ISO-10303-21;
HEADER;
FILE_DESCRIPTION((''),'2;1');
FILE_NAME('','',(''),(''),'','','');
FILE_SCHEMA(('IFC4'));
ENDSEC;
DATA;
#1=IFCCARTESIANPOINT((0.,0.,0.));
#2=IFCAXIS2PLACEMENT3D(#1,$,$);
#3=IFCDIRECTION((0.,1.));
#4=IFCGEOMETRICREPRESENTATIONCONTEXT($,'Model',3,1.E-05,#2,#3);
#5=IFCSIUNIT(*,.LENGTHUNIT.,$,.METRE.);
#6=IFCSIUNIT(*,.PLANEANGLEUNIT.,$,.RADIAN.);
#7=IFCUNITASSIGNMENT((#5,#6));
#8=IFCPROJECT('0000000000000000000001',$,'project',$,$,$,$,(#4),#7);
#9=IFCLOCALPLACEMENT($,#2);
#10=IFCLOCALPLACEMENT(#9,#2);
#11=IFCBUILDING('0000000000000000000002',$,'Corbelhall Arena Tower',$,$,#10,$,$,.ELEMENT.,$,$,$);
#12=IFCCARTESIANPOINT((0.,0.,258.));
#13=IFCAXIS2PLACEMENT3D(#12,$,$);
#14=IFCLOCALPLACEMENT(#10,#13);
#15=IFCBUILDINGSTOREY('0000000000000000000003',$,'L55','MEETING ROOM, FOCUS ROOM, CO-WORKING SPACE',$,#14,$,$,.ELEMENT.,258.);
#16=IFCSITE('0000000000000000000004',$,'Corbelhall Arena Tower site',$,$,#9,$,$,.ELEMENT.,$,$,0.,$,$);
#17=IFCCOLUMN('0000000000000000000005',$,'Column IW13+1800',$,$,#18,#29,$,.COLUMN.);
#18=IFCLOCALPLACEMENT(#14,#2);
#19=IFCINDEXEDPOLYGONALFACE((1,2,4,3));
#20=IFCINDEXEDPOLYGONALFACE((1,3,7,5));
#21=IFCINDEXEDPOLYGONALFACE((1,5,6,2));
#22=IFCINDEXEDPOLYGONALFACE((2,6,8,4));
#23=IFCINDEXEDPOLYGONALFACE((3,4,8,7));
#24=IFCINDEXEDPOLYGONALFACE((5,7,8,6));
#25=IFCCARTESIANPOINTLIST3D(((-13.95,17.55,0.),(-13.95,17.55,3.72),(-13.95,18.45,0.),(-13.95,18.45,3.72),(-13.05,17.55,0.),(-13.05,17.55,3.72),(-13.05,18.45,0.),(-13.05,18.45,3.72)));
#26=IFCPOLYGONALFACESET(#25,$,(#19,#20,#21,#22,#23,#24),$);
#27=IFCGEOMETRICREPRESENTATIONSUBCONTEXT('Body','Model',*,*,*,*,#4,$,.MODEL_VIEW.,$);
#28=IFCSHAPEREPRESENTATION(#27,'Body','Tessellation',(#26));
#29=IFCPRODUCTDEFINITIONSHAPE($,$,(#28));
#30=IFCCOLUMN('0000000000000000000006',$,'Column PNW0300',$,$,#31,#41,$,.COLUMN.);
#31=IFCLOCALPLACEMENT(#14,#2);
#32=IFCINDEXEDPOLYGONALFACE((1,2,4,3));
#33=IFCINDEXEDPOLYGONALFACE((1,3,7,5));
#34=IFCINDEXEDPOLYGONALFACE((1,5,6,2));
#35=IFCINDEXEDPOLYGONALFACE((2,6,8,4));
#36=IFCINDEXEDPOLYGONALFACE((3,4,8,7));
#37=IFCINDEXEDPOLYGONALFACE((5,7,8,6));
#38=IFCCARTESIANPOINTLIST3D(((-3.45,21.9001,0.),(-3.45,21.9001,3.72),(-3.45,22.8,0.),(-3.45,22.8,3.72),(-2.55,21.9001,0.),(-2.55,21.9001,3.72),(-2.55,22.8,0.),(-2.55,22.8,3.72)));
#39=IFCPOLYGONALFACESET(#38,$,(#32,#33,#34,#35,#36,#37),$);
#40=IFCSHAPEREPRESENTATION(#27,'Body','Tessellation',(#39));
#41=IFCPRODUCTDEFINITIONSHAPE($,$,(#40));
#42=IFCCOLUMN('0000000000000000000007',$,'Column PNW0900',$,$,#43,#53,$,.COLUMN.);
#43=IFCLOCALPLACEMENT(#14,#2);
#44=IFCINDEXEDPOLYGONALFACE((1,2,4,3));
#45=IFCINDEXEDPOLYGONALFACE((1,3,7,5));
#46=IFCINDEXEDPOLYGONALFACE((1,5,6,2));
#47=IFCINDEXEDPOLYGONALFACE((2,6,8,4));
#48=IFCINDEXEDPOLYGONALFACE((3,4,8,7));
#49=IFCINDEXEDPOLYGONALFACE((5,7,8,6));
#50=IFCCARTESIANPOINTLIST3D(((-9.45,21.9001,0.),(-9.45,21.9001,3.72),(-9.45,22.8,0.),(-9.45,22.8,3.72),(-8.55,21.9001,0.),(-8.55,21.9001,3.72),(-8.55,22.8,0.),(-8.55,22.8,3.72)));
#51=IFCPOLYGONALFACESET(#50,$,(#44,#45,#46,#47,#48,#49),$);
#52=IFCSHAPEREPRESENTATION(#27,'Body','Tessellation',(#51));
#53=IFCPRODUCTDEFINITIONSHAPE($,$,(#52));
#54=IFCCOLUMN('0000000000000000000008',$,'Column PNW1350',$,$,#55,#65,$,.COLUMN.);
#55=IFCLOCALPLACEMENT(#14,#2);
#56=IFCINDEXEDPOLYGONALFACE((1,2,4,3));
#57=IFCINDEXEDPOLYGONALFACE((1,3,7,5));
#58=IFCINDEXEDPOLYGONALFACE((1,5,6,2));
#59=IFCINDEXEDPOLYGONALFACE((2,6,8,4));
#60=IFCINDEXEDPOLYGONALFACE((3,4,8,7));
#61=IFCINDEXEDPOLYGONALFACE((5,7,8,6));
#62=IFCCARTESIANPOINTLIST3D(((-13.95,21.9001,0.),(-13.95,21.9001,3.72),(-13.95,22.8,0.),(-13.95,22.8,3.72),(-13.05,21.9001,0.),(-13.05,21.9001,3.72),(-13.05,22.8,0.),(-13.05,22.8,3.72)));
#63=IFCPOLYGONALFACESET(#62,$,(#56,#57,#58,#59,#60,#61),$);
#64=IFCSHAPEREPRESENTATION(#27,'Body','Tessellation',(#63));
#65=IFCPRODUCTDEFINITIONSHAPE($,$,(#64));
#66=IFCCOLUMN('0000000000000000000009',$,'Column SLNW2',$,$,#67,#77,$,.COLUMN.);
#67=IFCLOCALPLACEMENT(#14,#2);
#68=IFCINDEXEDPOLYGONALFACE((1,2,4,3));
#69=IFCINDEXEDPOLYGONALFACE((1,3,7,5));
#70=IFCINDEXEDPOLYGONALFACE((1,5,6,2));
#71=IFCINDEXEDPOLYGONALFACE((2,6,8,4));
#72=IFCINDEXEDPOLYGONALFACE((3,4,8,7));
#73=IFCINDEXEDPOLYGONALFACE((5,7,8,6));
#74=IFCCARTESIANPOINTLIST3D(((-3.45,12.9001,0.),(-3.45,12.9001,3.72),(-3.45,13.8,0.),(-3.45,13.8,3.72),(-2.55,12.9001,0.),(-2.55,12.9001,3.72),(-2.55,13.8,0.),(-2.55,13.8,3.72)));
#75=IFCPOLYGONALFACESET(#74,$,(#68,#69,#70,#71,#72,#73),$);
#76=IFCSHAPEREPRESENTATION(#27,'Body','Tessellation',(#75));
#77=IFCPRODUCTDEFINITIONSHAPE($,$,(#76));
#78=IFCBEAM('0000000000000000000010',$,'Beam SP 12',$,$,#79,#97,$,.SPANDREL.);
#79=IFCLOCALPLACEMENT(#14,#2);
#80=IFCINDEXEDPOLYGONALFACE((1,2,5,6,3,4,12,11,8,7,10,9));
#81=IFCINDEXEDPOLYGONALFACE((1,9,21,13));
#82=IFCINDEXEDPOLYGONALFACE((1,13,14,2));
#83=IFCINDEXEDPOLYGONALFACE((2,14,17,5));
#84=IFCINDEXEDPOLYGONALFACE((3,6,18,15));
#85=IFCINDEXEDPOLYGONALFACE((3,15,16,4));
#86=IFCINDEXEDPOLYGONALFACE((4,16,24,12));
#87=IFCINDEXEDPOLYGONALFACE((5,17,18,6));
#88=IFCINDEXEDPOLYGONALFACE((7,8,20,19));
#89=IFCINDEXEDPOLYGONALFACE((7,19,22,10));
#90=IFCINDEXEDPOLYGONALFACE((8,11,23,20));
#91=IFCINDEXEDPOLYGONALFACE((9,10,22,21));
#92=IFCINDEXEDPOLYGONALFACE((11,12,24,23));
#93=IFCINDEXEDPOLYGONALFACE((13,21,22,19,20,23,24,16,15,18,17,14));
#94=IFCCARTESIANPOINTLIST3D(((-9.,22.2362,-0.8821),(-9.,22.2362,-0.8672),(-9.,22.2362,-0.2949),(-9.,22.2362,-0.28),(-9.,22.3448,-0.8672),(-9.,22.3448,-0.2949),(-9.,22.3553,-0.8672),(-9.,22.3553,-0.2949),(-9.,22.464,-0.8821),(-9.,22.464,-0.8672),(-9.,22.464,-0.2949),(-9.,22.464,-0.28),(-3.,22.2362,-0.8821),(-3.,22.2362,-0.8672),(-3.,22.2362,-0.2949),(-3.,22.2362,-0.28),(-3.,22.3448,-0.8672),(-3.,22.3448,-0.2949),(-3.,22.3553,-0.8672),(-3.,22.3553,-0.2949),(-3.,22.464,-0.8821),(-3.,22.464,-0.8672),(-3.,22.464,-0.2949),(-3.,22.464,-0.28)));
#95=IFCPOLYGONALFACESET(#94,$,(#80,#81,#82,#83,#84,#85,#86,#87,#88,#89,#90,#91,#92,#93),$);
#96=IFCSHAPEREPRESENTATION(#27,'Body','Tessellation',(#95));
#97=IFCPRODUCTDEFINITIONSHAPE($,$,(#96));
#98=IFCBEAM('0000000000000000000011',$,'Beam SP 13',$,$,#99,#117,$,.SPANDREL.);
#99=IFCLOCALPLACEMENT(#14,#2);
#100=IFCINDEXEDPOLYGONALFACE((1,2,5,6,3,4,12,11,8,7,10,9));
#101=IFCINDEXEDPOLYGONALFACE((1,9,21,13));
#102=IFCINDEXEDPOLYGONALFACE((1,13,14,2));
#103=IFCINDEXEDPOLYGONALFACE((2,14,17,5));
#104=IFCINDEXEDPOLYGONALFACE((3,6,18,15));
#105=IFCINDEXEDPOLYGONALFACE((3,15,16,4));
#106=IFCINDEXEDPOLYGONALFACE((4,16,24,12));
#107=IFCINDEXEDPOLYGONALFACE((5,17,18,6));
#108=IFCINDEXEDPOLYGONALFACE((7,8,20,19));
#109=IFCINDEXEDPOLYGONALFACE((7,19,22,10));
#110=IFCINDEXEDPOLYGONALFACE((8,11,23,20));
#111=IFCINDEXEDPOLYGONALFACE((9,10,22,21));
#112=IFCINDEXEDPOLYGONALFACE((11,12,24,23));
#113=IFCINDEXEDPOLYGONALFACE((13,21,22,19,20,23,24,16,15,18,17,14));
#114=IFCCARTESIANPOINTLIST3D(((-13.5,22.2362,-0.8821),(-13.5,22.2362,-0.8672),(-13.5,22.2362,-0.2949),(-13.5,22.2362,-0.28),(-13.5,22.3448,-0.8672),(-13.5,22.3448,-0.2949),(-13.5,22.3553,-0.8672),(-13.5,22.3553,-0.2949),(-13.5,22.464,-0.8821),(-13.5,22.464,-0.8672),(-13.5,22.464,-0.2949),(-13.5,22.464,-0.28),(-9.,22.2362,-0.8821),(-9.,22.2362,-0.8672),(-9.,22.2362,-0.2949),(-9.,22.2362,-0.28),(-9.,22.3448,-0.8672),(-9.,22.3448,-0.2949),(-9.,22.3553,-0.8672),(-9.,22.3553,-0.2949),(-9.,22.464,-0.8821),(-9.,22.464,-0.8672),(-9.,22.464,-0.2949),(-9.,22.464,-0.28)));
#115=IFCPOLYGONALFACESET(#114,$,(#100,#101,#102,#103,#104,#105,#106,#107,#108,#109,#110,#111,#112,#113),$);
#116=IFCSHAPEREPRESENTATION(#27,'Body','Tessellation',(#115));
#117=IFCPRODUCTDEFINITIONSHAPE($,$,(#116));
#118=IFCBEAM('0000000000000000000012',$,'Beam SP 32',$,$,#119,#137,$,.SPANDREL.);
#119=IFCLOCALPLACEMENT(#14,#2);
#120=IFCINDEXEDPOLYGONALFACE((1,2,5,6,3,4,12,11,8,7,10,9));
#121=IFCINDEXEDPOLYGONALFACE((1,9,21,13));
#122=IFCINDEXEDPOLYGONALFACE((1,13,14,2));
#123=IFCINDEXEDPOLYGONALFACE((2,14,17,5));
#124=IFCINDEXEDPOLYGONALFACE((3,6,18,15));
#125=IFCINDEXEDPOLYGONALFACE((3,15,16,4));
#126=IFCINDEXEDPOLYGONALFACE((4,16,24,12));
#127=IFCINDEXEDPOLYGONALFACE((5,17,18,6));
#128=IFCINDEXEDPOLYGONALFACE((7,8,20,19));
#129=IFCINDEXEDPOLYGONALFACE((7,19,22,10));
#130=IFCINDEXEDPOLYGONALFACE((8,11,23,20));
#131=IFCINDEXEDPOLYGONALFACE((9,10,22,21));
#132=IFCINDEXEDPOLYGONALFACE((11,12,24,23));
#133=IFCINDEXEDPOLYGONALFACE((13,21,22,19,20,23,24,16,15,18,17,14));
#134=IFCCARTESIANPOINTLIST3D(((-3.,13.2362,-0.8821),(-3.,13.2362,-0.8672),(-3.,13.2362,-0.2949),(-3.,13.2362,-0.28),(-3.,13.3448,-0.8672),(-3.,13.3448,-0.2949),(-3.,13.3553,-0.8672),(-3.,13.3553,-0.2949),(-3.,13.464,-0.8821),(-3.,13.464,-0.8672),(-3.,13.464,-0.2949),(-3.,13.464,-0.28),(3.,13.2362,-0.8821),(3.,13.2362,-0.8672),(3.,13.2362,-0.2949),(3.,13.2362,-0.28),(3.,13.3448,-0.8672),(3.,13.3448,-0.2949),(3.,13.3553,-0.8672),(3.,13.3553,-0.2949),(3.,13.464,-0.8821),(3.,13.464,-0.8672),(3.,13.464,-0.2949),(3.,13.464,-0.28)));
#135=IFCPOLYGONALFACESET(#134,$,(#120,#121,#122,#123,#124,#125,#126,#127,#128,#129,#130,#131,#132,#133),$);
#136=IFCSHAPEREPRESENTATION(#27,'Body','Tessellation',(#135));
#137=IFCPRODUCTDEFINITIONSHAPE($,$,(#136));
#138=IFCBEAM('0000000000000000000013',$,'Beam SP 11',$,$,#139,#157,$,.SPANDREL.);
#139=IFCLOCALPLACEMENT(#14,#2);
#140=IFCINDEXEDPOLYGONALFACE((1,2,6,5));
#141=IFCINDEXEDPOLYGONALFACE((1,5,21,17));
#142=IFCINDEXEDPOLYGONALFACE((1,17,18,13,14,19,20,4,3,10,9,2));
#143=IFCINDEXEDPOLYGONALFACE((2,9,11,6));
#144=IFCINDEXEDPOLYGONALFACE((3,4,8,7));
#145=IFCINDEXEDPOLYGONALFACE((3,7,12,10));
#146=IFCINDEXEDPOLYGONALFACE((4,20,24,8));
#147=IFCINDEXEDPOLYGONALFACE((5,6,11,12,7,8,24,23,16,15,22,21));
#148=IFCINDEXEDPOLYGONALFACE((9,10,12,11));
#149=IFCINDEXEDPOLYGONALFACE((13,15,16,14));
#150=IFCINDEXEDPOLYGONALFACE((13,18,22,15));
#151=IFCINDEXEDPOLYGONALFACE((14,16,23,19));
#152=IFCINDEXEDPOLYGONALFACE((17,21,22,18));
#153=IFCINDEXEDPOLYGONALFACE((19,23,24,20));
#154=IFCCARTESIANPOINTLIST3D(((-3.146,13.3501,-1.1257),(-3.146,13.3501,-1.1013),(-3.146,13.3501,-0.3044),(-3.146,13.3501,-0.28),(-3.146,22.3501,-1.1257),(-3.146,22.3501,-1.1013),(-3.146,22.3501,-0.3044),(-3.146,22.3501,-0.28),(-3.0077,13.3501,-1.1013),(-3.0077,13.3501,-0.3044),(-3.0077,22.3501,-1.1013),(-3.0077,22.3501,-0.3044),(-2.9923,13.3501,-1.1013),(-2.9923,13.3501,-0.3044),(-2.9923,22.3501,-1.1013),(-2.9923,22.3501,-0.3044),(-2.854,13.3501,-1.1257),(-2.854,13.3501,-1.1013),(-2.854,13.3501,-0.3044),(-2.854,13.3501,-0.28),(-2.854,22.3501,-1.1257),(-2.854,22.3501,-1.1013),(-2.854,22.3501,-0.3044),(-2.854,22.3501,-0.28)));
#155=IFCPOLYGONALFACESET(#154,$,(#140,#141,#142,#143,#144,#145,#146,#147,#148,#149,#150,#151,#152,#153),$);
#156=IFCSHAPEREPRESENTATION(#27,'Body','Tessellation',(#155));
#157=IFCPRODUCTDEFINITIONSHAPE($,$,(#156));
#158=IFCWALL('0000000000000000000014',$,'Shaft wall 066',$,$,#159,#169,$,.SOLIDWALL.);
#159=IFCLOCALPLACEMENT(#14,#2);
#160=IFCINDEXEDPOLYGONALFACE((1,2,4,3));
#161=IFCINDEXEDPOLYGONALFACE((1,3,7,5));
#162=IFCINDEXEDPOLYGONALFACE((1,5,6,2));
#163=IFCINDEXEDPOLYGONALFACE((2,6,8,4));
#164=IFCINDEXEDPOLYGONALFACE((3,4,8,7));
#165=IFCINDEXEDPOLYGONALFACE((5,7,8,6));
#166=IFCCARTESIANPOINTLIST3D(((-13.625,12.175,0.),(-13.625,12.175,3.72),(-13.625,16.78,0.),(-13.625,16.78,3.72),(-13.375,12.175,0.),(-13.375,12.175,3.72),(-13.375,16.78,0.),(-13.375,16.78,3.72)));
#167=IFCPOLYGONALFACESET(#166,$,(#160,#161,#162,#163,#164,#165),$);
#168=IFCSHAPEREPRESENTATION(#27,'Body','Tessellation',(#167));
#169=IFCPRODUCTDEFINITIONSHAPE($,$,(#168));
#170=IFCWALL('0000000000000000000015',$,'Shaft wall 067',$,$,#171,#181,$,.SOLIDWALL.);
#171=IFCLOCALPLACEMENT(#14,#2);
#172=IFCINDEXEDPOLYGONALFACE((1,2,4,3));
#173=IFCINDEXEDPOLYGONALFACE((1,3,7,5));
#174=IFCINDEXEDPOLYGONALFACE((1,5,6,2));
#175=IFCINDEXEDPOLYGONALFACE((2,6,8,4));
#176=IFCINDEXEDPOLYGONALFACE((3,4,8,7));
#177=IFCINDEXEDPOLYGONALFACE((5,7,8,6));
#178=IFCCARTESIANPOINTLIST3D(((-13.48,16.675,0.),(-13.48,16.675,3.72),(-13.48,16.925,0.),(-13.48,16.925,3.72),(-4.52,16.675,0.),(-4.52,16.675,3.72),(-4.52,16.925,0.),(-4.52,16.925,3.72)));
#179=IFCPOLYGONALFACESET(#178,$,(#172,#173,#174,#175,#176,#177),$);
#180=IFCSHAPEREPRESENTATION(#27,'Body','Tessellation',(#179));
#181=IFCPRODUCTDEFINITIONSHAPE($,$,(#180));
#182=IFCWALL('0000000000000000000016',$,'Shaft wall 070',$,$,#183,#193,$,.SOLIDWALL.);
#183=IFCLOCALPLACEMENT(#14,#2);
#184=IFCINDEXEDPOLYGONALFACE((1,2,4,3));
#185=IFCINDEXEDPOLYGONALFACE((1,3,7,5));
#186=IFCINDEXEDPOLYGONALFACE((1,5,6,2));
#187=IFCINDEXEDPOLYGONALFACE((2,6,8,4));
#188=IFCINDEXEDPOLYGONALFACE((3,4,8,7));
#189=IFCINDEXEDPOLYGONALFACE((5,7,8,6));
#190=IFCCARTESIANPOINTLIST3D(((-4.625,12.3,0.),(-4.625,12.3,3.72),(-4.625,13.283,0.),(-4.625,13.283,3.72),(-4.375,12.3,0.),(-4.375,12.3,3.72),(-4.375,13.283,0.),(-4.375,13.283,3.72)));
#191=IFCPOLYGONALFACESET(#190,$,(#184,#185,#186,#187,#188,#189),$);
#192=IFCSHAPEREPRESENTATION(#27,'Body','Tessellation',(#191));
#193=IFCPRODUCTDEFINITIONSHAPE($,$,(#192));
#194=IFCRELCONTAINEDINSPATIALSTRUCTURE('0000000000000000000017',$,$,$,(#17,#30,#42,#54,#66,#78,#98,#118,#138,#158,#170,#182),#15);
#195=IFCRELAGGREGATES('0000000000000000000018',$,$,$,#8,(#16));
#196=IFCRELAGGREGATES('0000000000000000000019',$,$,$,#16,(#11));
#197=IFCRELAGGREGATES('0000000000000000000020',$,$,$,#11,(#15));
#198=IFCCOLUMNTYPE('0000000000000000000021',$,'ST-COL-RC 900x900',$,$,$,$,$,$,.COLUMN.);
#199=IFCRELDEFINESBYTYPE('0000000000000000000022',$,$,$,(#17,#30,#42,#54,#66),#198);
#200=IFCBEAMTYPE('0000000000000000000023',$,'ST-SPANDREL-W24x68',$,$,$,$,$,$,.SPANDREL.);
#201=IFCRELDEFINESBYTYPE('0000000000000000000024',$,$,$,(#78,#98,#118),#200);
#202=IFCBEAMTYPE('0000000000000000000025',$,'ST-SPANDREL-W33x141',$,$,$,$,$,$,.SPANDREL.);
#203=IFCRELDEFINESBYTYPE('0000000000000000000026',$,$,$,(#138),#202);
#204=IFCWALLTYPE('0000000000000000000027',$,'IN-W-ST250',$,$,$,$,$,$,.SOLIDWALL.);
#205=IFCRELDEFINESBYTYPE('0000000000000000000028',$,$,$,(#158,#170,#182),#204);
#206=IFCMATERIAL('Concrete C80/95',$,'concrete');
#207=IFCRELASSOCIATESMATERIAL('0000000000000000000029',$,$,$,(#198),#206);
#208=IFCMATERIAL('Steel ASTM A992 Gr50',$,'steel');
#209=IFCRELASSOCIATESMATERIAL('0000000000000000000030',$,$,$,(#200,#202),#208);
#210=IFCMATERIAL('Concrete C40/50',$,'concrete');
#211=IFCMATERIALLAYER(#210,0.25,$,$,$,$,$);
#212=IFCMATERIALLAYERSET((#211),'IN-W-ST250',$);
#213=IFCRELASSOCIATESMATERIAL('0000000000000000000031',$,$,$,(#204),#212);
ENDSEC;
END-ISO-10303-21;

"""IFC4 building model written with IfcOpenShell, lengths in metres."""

from ifc_helpers import new_model, si_unit, direction, frame, frame_2d, origin, origin_2d, place, context, subcontext, project, spatial, rectangle, i_section, extrude, material, layer, layer_set, material_profile, profile_set, type_object, element, save


model = new_model("IFC4")

# Units and contexts
model_context = context("Model", 3, precision=1e-05, world=origin(), true_north=direction((0.0, 1.0)))
body_context = subcontext(model_context, "Body", "Model", "MODEL_VIEW")
ifc_project = project(units=[si_unit("LENGTHUNIT", "METRE"), si_unit("PLANEANGLEUNIT", "RADIAN")], contexts=[model_context])

# Site, building, storey
site_placement = place(None, origin())
site = spatial("IfcSite", under=ifc_project, at=site_placement, Name="Corbelhall Arena Tower site", CompositionType="ELEMENT", RefElevation=0.0)
building_placement = place(site_placement, origin())
building = spatial("IfcBuilding", under=site, at=building_placement, Name="Corbelhall Arena Tower", CompositionType="ELEMENT")
storey_placement = place(building_placement, frame((0.0, 0.0, 258.0)))
storey = spatial("IfcBuildingStorey", under=building, at=storey_placement, Name="L55", Description="MEETING ROOM, FOCUS ROOM, CO-WORKING SPACE", CompositionType="ELEMENT", Elevation=258.0)

# Columns
ifc_material_1 = material(Name="Concrete C80/95", Category="concrete")
ifc_material_profile_1 = material_profile(ifc_material_1, rectangle(XDim=0.8999, YDim=0.8999, at=origin_2d()))
ifc_profile_set_1 = profile_set([ifc_material_profile_1], Name="Concrete C80/95")
column_type = type_object("IfcColumnType", Name="ST-COL-RC 900x900", PredefinedType="COLUMN", material=ifc_profile_set_1)
for number, where, z_axis, x_axis, name in (
    (1, (-13.5, 18.0, 0.0), (0.0, 0.0, 1.0), (1.0, 0.0, 0.0), "Column IW13+1800"),
    (2, (-3.0, 22.3501, 0.0), (0.0, 0.0, 1.0), (1.0, 0.0, 0.0), "Column PNW0300"),
    (3, (-9.0, 22.3501, 0.0), (0.0, 0.0, 1.0), (1.0, 0.0, 0.0), "Column PNW0900"),
    (4, (-13.5, 22.3501, 0.0), (0.0, 0.0, 1.0), (1.0, 0.0, 0.0), "Column PNW1350"),
    (5, (-3.0, 13.3501, 0.0), (0.0, 0.0, 1.0), (1.0, 0.0, 0.0), "Column SLNW2"),
):
    element("IfcColumn", number, at=place(storey_placement, frame(where, z_axis=z_axis, x_axis=x_axis)), inside=storey, type_object=column_type, Name=name, PredefinedType="COLUMN", context=body_context, shape_type="SweptSolid", body=[
        extrude(rectangle(XDim=0.8999, YDim=0.8999, at=origin_2d()), origin(), (0.0, 0.0, 1.0), 3.72),
    ])

# Beams
ifc_material_2 = material(Name="Steel ASTM A992 Gr50", Category="steel")
ifc_material_profile_2 = material_profile(ifc_material_2, i_section(OverallWidth=0.2278, OverallDepth=0.6021, WebThickness=0.0105, FlangeThickness=0.0149, at=origin_2d()))
ifc_profile_set_2 = profile_set([ifc_material_profile_2], Name="Steel ASTM A992 Gr50")
beam_type_1 = type_object("IfcBeamType", Name="ST-SPANDREL-W24x68", PredefinedType="SPANDREL", material=ifc_profile_set_2)
beam_1_placement = place(storey_placement, frame((-9.0, 22.3501, -0.5811), z_axis=(1.0, 0.0, 0.0), x_axis=(0.0, 1.0, 0.0)))
element("IfcBeam", 6, at=beam_1_placement, inside=storey, type_object=beam_type_1, Name="Beam SP 12", PredefinedType="SPANDREL", context=body_context, shape_type="SweptSolid", body=[
    extrude(i_section(OverallWidth=0.2278, OverallDepth=0.6021, WebThickness=0.0105, FlangeThickness=0.0149, at=origin_2d()), origin(), (0.0, 0.0, 1.0), 6.0),
])
beam_2_placement = place(storey_placement, frame((-13.5, 22.3501, -0.5811), z_axis=(1.0, 0.0, 0.0), x_axis=(0.0, 1.0, 0.0)))
element("IfcBeam", 7, at=beam_2_placement, inside=storey, type_object=beam_type_1, Name="Beam SP 13", PredefinedType="SPANDREL", context=body_context, shape_type="SweptSolid", body=[
    extrude(i_section(OverallWidth=0.2278, OverallDepth=0.6021, WebThickness=0.0105, FlangeThickness=0.0149, at=origin_2d()), origin(), (0.0, 0.0, 1.0), 4.5),
])
beam_3_placement = place(storey_placement, frame((-3.0, 13.3501, -0.5811), z_axis=(1.0, 0.0, 0.0), x_axis=(0.0, 1.0, 0.0)))
element("IfcBeam", 8, at=beam_3_placement, inside=storey, type_object=beam_type_1, Name="Beam SP 32", PredefinedType="SPANDREL", context=body_context, shape_type="SweptSolid", body=[
    extrude(i_section(OverallWidth=0.2278, OverallDepth=0.6021, WebThickness=0.0105, FlangeThickness=0.0149, at=origin_2d()), origin(), (0.0, 0.0, 1.0), 6.0),
])
ifc_material_profile_3 = material_profile(ifc_material_2, i_section(OverallWidth=0.292, OverallDepth=0.8457, WebThickness=0.0154, FlangeThickness=0.0244, at=origin_2d()))
ifc_profile_set_3 = profile_set([ifc_material_profile_3], Name="Steel ASTM A992 Gr50")
beam_type_2 = type_object("IfcBeamType", Name="ST-SPANDREL-W33x141", PredefinedType="SPANDREL", material=ifc_profile_set_3)
beam_4_placement = place(storey_placement, frame((-3.0, 22.3501, -0.7029), z_axis=(0.0, -1.0, 0.0), x_axis=(1.0, 0.0, 0.0)))
element("IfcBeam", 9, at=beam_4_placement, inside=storey, type_object=beam_type_2, Name="Beam SP 11", PredefinedType="SPANDREL", context=body_context, shape_type="SweptSolid", body=[
    extrude(i_section(OverallWidth=0.292, OverallDepth=0.8457, WebThickness=0.0154, FlangeThickness=0.0244, at=origin_2d()), origin(), (0.0, 0.0, 1.0), 9.0),
])

# Walls
ifc_material_3 = material(Name="Concrete C40/50", Category="concrete")
ifc_layer_1 = layer(ifc_material_3, 0.25)
ifc_layer_set_1 = layer_set([ifc_layer_1], Name="IN-W-ST250")
wall_type_1 = type_object("IfcWallType", Name="IN-W-ST250", PredefinedType="SOLIDWALL", material=ifc_layer_set_1)
wall_1_placement = place(storey_placement, frame((-13.5, 16.78, 0.0), z_axis=(0.0, 0.0, 1.0), x_axis=(0.0, -1.0, 0.0)))
element("IfcWall", 10, at=wall_1_placement, inside=storey, type_object=wall_type_1, Name="Shaft wall 066", PredefinedType="SOLIDWALL", context=body_context, shape_type="SweptSolid", body=[
    extrude(rectangle(XDim=4.605, YDim=0.25, at=frame_2d((2.3025, 0.0))), origin(), (0.0, 0.0, 1.0), 3.72),
])
wall_2_placement = place(storey_placement, frame((-13.48, 16.8, 0.0), z_axis=(0.0, 0.0, 1.0), x_axis=(1.0, 0.0, 0.0)))
element("IfcWall", 11, at=wall_2_placement, inside=storey, type_object=wall_type_1, Name="Shaft wall 067", PredefinedType="SOLIDWALL", context=body_context, shape_type="SweptSolid", body=[
    extrude(rectangle(XDim=8.96, YDim=0.25, at=frame_2d((4.48, 0.0))), origin(), (0.0, 0.0, 1.0), 3.72),
])
wall_3_placement = place(storey_placement, frame((-4.5, 13.283, 0.0), z_axis=(0.0, 0.0, 1.0), x_axis=(0.0, -1.0, 0.0)))
element("IfcWall", 12, at=wall_3_placement, inside=storey, type_object=wall_type_1, Name="Shaft wall 070", PredefinedType="SOLIDWALL", context=body_context, shape_type="SweptSolid", body=[
    extrude(rectangle(XDim=0.9829, YDim=0.25, at=frame_2d((0.4915, 0.0))), origin(), (0.0, 0.0, 1.0), 3.72),
])

save(model, "model.ifc")
